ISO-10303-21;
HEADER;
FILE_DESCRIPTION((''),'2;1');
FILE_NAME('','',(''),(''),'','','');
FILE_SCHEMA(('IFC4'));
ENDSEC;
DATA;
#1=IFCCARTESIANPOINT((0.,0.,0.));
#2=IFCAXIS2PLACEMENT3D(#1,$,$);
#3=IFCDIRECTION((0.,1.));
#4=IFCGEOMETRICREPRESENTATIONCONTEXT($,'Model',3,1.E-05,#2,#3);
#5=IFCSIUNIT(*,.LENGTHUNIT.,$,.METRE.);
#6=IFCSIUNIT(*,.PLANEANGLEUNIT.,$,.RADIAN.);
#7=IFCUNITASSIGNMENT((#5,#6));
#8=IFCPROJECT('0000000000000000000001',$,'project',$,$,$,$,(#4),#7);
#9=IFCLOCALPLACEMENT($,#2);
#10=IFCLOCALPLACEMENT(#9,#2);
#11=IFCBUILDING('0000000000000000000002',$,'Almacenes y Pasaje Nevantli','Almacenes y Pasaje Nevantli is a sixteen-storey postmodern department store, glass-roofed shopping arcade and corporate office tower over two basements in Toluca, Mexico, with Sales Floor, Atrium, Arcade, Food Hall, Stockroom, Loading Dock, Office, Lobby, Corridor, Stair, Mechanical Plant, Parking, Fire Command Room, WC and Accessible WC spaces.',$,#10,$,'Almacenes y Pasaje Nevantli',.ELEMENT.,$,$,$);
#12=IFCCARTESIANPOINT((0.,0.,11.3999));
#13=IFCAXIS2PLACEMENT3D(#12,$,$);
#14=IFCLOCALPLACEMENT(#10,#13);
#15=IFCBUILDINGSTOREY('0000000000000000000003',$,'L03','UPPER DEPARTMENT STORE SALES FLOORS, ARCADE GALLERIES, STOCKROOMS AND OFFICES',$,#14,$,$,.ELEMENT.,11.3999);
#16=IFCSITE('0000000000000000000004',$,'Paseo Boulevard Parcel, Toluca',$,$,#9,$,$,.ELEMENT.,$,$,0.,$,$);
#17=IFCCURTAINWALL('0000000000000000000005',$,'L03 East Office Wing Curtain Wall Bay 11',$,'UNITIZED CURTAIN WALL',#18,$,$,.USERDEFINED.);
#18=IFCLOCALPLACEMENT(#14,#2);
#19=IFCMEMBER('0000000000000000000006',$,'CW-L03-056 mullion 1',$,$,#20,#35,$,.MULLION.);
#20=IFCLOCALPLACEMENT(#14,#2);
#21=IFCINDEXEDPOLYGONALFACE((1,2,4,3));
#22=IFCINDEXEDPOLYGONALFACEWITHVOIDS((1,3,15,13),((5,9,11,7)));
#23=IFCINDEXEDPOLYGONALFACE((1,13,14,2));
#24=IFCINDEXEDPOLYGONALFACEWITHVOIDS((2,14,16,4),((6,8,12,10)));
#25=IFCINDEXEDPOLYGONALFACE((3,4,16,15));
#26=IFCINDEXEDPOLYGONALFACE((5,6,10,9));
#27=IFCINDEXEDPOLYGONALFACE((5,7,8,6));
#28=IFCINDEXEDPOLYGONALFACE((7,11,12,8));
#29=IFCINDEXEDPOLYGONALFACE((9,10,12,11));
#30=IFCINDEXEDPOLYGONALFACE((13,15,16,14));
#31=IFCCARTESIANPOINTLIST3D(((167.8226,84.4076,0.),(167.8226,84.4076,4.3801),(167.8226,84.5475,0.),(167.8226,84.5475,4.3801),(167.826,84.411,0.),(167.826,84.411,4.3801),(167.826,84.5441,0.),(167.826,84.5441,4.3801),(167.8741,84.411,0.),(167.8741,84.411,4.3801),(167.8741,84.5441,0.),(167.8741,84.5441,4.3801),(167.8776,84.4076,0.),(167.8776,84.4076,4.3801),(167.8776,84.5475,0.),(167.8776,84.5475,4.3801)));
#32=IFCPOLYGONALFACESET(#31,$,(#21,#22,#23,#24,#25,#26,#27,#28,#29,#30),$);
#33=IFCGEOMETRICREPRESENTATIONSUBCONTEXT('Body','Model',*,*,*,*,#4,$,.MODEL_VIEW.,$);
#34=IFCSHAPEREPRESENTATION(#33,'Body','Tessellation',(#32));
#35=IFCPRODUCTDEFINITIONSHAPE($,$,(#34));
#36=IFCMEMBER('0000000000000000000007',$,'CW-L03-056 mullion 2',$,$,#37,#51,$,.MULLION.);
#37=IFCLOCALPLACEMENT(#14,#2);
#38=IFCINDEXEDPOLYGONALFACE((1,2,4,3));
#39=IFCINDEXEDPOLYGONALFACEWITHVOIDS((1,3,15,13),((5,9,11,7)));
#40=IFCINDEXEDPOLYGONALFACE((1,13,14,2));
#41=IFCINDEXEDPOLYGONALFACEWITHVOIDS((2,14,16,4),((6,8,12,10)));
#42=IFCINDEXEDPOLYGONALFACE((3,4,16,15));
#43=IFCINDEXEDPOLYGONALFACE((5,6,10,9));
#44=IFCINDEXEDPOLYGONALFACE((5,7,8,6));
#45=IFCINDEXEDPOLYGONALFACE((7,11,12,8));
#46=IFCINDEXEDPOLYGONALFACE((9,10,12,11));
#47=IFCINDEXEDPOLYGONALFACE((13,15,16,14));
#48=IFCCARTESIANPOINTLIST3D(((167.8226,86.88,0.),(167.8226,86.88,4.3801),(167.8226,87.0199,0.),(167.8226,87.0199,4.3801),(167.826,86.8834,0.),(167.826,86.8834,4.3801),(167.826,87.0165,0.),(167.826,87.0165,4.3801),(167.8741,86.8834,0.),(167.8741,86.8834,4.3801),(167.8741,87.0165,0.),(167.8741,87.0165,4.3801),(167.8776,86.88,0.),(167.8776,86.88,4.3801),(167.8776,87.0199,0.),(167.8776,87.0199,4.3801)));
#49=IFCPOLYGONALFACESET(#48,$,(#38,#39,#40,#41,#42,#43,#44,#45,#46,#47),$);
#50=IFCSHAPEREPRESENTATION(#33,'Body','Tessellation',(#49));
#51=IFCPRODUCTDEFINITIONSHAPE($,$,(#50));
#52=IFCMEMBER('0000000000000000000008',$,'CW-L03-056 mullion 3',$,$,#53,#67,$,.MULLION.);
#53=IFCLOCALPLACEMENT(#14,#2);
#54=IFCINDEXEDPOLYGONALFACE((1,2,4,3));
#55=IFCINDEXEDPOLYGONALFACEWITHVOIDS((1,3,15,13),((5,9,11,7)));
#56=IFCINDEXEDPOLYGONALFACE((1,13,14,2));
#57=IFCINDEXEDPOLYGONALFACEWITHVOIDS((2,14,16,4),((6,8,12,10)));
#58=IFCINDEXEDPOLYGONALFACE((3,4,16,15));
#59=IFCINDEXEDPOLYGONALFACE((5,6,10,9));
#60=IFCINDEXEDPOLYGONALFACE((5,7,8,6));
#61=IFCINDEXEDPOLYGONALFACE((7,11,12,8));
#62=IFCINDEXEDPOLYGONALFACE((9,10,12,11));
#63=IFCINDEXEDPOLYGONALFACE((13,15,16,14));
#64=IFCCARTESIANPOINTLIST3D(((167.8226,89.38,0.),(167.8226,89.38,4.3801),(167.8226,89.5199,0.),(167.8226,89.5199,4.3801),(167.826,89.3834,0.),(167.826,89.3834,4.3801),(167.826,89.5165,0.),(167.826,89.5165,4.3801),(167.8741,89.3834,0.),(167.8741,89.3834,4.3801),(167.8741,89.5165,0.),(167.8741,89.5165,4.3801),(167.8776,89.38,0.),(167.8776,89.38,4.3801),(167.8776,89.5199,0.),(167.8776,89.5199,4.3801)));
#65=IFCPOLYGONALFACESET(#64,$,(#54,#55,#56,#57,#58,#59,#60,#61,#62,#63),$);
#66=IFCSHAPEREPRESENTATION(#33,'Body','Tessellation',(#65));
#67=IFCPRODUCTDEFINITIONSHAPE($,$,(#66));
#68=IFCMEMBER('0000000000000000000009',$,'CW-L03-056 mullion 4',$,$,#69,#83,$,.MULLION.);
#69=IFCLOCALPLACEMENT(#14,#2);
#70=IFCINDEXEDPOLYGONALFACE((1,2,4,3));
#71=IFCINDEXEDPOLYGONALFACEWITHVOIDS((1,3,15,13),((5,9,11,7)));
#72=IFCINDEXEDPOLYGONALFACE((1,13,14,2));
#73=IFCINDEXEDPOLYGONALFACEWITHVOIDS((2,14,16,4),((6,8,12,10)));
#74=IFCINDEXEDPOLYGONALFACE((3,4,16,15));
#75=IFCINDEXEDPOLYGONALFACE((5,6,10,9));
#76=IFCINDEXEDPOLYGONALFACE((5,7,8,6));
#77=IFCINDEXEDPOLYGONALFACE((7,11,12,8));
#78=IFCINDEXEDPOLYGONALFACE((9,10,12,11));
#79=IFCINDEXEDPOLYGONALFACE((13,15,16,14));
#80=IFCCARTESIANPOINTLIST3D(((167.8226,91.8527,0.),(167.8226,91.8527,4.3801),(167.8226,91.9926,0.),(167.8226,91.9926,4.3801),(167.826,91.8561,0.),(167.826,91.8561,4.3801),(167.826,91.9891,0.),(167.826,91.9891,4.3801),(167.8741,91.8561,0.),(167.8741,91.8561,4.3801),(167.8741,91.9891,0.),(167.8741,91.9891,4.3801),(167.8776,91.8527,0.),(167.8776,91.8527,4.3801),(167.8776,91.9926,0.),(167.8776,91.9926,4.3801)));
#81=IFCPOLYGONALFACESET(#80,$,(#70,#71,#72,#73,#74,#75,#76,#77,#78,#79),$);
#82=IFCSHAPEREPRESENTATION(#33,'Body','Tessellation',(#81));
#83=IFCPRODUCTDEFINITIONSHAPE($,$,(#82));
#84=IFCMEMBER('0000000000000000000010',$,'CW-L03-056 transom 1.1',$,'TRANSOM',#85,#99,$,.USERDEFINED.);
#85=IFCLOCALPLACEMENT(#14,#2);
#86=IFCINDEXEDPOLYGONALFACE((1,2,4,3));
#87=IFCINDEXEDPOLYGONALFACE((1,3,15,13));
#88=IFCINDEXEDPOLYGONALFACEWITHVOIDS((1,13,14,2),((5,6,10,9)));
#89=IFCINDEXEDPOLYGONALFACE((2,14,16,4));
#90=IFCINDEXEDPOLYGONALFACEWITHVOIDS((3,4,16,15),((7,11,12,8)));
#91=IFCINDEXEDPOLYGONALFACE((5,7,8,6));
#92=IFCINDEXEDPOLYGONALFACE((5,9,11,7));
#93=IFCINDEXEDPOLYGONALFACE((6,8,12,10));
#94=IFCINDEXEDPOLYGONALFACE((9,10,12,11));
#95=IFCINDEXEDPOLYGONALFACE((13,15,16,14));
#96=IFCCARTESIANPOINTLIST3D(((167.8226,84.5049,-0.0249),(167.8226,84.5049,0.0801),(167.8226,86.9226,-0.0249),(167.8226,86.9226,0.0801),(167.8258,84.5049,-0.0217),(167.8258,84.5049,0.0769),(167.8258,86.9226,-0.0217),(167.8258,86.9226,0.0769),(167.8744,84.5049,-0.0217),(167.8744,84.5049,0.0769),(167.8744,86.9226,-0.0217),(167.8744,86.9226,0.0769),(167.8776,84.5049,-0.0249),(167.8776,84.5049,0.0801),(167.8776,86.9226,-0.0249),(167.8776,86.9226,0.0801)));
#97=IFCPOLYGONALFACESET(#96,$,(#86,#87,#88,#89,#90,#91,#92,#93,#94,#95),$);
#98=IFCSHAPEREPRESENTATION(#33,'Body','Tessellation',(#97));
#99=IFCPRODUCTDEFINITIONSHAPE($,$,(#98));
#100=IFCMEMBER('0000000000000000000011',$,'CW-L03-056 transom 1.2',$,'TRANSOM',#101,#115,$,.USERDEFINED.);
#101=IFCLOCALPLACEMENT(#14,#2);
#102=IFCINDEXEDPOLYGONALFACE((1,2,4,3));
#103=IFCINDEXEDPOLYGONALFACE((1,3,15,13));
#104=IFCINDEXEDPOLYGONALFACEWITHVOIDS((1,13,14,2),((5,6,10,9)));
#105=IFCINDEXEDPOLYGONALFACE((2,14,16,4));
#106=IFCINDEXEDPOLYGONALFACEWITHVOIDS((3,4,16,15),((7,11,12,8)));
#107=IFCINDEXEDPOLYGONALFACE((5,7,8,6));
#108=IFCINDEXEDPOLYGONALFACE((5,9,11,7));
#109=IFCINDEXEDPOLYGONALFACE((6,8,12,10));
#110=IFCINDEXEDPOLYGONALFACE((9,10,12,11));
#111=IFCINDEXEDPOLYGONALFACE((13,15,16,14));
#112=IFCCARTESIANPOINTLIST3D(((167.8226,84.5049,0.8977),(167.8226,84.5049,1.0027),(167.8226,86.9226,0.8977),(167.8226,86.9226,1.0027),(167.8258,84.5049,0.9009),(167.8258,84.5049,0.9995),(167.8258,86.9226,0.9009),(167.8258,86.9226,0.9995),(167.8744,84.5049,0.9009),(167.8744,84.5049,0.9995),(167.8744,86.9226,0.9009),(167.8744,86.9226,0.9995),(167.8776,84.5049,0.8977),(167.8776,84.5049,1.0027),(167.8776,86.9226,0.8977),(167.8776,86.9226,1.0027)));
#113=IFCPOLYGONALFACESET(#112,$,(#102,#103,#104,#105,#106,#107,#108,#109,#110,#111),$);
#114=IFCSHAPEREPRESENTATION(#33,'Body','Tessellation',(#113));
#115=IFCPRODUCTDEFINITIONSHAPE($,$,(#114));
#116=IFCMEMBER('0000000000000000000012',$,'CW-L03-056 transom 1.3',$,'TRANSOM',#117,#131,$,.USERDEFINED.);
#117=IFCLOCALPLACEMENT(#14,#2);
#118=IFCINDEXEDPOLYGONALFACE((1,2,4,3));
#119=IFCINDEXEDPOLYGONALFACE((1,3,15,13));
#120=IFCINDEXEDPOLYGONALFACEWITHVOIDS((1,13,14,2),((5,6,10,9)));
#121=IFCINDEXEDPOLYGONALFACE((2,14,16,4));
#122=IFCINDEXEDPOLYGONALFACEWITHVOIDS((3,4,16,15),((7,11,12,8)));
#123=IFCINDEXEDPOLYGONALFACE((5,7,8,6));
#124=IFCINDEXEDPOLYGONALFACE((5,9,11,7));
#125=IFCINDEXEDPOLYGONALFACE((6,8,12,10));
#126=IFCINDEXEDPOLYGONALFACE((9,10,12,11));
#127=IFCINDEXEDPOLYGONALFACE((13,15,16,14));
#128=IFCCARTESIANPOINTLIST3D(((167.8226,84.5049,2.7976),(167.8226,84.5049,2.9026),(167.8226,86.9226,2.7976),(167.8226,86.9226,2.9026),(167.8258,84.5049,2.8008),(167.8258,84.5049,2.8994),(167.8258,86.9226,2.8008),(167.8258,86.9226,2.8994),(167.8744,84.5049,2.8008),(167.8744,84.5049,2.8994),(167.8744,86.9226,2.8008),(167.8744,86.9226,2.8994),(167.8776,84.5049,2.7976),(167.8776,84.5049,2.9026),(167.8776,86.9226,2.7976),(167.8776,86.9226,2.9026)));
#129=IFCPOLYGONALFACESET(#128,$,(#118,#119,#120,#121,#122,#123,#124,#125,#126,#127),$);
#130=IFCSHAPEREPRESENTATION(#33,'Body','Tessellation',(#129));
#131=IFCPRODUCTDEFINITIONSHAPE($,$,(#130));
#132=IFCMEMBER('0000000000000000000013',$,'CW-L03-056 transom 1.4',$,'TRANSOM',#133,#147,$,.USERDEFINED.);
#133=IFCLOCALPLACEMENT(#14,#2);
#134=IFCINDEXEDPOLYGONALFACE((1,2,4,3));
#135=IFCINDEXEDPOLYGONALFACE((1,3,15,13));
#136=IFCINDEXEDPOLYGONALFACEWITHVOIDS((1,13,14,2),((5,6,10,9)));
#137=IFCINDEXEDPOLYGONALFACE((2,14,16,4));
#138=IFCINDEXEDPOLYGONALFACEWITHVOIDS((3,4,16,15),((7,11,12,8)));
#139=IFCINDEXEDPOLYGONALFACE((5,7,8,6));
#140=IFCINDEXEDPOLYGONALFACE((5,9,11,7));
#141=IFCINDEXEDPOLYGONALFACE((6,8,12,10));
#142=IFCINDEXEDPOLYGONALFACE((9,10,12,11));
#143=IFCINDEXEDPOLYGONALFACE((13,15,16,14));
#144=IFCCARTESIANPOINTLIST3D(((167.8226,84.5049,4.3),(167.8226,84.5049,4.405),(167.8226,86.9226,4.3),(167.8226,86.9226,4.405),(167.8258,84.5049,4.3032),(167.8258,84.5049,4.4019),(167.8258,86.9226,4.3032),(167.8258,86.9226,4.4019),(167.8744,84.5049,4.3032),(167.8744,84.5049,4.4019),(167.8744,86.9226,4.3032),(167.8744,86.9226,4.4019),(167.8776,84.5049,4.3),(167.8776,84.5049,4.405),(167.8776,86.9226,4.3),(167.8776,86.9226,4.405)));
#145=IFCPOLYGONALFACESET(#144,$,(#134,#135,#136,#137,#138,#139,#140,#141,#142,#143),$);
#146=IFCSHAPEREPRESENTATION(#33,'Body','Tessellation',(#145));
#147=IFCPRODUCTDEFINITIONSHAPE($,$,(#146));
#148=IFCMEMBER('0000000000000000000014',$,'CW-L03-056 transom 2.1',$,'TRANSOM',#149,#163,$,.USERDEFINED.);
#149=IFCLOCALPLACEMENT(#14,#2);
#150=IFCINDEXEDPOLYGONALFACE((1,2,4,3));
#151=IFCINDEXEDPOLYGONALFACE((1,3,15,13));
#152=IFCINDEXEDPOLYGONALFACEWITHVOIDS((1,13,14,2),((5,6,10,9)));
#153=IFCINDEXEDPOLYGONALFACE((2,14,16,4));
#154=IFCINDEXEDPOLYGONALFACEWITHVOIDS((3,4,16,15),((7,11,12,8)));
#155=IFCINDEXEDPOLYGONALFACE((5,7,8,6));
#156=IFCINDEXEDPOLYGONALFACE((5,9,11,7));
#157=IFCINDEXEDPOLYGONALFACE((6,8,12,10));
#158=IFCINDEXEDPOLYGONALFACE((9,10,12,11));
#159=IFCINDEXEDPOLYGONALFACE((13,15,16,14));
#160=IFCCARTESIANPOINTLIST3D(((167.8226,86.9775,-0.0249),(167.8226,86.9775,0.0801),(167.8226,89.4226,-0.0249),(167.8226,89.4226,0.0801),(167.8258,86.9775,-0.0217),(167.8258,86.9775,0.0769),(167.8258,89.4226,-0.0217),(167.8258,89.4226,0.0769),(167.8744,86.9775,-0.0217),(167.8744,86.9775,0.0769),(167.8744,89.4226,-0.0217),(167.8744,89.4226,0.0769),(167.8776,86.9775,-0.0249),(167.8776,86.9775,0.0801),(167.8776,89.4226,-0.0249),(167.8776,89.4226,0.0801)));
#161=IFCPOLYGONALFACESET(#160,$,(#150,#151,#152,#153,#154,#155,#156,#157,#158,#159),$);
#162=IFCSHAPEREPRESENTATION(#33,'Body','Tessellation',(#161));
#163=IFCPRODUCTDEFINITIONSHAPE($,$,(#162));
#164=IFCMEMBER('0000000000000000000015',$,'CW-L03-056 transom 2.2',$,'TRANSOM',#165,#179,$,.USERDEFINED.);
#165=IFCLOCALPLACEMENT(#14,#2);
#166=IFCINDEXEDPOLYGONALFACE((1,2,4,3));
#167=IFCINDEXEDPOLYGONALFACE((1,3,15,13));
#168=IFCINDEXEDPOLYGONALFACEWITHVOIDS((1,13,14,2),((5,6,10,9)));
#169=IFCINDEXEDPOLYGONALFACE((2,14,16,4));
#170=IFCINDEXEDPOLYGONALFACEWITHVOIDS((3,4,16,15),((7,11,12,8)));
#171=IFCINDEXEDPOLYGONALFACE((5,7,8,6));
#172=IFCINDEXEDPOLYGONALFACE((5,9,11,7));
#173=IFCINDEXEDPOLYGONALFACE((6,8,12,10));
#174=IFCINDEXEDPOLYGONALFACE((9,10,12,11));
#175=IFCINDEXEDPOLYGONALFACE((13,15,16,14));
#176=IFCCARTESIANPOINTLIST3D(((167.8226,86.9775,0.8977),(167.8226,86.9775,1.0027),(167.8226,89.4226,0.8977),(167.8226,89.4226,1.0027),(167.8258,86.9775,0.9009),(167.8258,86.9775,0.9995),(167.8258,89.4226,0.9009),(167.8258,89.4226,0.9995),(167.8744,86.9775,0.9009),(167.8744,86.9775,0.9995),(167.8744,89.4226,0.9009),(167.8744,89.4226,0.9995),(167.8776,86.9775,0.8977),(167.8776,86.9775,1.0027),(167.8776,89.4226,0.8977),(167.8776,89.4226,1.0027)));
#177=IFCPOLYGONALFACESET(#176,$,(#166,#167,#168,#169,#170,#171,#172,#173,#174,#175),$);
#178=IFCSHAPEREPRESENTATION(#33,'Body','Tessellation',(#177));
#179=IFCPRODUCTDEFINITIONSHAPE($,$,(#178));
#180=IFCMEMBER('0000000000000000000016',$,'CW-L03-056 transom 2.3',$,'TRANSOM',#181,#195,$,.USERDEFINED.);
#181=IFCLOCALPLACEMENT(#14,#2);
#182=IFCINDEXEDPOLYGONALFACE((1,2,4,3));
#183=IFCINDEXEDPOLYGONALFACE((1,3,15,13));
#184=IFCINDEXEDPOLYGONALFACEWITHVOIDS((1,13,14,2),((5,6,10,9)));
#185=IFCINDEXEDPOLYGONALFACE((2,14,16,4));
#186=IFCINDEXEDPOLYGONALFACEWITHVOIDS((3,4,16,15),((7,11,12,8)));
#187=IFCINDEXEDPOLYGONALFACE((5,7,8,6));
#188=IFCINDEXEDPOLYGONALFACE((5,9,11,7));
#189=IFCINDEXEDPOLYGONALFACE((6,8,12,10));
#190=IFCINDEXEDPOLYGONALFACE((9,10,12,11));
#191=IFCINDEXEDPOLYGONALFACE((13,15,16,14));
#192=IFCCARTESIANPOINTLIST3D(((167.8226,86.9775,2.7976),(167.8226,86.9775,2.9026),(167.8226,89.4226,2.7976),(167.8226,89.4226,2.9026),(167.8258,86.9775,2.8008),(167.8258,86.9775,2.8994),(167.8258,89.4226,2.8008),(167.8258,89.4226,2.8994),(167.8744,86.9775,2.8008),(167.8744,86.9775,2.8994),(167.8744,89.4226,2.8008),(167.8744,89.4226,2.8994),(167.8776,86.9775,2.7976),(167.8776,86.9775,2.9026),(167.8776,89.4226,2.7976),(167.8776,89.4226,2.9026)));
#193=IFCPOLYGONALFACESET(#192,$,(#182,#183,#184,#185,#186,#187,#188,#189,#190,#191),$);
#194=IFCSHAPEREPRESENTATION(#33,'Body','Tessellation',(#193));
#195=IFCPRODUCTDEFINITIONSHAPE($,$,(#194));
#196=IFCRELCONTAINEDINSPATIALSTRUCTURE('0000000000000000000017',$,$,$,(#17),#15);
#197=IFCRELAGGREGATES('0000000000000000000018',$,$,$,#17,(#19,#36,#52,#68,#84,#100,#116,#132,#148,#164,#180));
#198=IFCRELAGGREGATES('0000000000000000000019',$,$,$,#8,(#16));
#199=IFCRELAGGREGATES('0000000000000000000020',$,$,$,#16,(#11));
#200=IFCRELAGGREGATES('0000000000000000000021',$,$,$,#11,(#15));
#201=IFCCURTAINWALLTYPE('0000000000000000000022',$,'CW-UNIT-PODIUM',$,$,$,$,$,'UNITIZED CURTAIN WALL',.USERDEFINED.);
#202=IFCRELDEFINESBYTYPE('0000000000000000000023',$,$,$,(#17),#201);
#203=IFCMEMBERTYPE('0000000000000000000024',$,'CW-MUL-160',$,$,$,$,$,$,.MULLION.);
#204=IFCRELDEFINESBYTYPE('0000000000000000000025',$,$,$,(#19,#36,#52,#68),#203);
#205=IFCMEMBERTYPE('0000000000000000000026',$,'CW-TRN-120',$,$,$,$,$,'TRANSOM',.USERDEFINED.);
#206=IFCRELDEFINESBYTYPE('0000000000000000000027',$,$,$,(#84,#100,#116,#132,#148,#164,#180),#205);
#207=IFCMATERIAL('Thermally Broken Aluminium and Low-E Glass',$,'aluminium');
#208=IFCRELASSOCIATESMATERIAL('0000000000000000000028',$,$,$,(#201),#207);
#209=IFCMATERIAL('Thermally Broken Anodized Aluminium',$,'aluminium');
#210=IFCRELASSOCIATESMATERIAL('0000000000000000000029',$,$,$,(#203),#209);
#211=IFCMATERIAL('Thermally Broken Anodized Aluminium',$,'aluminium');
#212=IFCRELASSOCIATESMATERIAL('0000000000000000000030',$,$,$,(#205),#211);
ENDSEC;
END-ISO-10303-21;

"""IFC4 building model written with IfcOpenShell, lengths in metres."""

from ifc_helpers import new_model, si_unit, direction, frame, origin, origin_2d, place, context, subcontext, project, spatial, hollow_rectangle, extrude, material, material_profile, profile_set, type_object, element, aggregate, save


model = new_model("IFC4")

# Units and contexts
model_context = context("Model", 3, precision=1e-05, world=origin(), true_north=direction((0.0, 1.0)))
body_context = subcontext(model_context, "Body", "Model", "MODEL_VIEW")
ifc_project = project(units=[si_unit("LENGTHUNIT", "METRE"), si_unit("PLANEANGLEUNIT", "RADIAN")], contexts=[model_context])

# Site, building, storey
site_placement = place(None, origin())
site = spatial("IfcSite", under=ifc_project, at=site_placement, Name="Paseo Boulevard Parcel, Toluca", CompositionType="ELEMENT", RefElevation=0.0)
building_placement = place(site_placement, origin())
building = spatial("IfcBuilding", under=site, at=building_placement, Name="Almacenes y Pasaje Nevantli", Description="Almacenes y Pasaje Nevantli is a sixteen-storey postmodern department store, glass-roofed shopping arcade and corporate office tower over two basements in Toluca, Mexico, with Sales Floor, Atrium, Arcade, Food Hall, Stockroom, Loading Dock, Office, Lobby, Corridor, Stair, Mechanical Plant, Parking, Fire Command Room, WC and Accessible WC spaces.", LongName="Almacenes y Pasaje Nevantli", CompositionType="ELEMENT")
storey_placement = place(building_placement, frame((0.0, 0.0, 11.3999)))
storey = spatial("IfcBuildingStorey", under=building, at=storey_placement, Name="L03", Description="UPPER DEPARTMENT STORE SALES FLOORS, ARCADE GALLERIES, STOCKROOMS AND OFFICES", CompositionType="ELEMENT", Elevation=11.3999)

# Curtain wall, members
ifc_material_1 = material(Name="Thermally Broken Aluminium and Low-E Glass", Category="aluminium")
curtain_wall_type = type_object("IfcCurtainWallType", Name="CW-UNIT-PODIUM", ElementType="UNITIZED CURTAIN WALL", PredefinedType="USERDEFINED", material=ifc_material_1)
curtain_wall_placement = place(storey_placement, origin())
curtain_wall = element("IfcCurtainWall", 1, at=curtain_wall_placement, inside=storey, type_object=curtain_wall_type, Name="L03 East Office Wing Curtain Wall Bay 11", ObjectType="UNITIZED CURTAIN WALL", PredefinedType="USERDEFINED")
ifc_material_2 = material(Name="Thermally Broken Anodized Aluminium", Category="aluminium")
ifc_material_profile_1 = material_profile(ifc_material_2, hollow_rectangle(XDim=0.0549, YDim=0.1399, WallThickness=0.0034, at=origin_2d()), Name="ALU-MUL-55x140")
ifc_profile_set_1 = profile_set([ifc_material_profile_1], Name="Thermally Broken Anodized Aluminium")
member_type_1 = type_object("IfcMemberType", Name="CW-MUL-160", PredefinedType="MULLION", material=ifc_profile_set_1)
member_1_placement = place(storey_placement, frame((167.8501, 84.4775, 0.0), z_axis=(0.0, 0.0, 1.0), x_axis=(-1.0, 0.0, 0.0)))
member_1 = element("IfcMember", 2, at=member_1_placement, type_object=member_type_1, Name="CW-L03-056 mullion 1", PredefinedType="MULLION", context=body_context, shape_type="SweptSolid", body=[
    extrude(hollow_rectangle(XDim=0.0549, YDim=0.1399, WallThickness=0.0034, at=origin_2d()), origin(), (0.0, 0.0, 1.0), 4.3801),
])
member_2_placement = place(storey_placement, frame((167.8501, 86.95, 0.0), z_axis=(0.0, 0.0, 1.0), x_axis=(-1.0, 0.0, 0.0)))
member_2 = element("IfcMember", 3, at=member_2_placement, type_object=member_type_1, Name="CW-L03-056 mullion 2", PredefinedType="MULLION", context=body_context, shape_type="SweptSolid", body=[
    extrude(hollow_rectangle(XDim=0.0549, YDim=0.1399, WallThickness=0.0034, at=origin_2d()), origin(), (0.0, 0.0, 1.0), 4.3801),
])
member_3_placement = place(storey_placement, frame((167.8501, 89.45, 0.0), z_axis=(0.0, 0.0, 1.0), x_axis=(-1.0, 0.0, 0.0)))
member_3 = element("IfcMember", 4, at=member_3_placement, type_object=member_type_1, Name="CW-L03-056 mullion 3", PredefinedType="MULLION", context=body_context, shape_type="SweptSolid", body=[
    extrude(hollow_rectangle(XDim=0.0549, YDim=0.1399, WallThickness=0.0034, at=origin_2d()), origin(), (0.0, 0.0, 1.0), 4.3801),
])
member_4_placement = place(storey_placement, frame((167.8501, 91.9226, 0.0), z_axis=(0.0, 0.0, 1.0), x_axis=(-1.0, 0.0, 0.0)))
member_4 = element("IfcMember", 5, at=member_4_placement, type_object=member_type_1, Name="CW-L03-056 mullion 4", PredefinedType="MULLION", context=body_context, shape_type="SweptSolid", body=[
    extrude(hollow_rectangle(XDim=0.0549, YDim=0.1399, WallThickness=0.0034, at=origin_2d()), origin(), (0.0, 0.0, 1.0), 4.3801),
])
ifc_material_3 = material(Name="Thermally Broken Anodized Aluminium", Category="aluminium")
ifc_material_profile_2 = material_profile(ifc_material_3, hollow_rectangle(XDim=0.0549, YDim=0.105, WallThickness=0.0032, at=origin_2d()), Name="ALU-TRN-55x105")
ifc_profile_set_2 = profile_set([ifc_material_profile_2], Name="Thermally Broken Anodized Aluminium")
member_type_2 = type_object("IfcMemberType", Name="CW-TRN-120", ElementType="TRANSOM", PredefinedType="USERDEFINED", material=ifc_profile_set_2)
member_5_placement = place(storey_placement, frame((167.8501, 84.5049, 0.0276), z_axis=(0.0, 1.0, 0.0), x_axis=(-1.0, 0.0, 0.0)))
member_5 = element("IfcMember", 6, at=member_5_placement, type_object=member_type_2, Name="CW-L03-056 transom 1.1", ObjectType="TRANSOM", PredefinedType="USERDEFINED", context=body_context, shape_type="SweptSolid", body=[
    extrude(hollow_rectangle(XDim=0.0549, YDim=0.105, WallThickness=0.0032, at=origin_2d()), origin(), (0.0, 0.0, 1.0), 2.4177),
])
member_6_placement = place(storey_placement, frame((167.8501, 84.5049, 0.9502), z_axis=(0.0, 1.0, 0.0), x_axis=(-1.0, 0.0, 0.0)))
member_6 = element("IfcMember", 7, at=member_6_placement, type_object=member_type_2, Name="CW-L03-056 transom 1.2", ObjectType="TRANSOM", PredefinedType="USERDEFINED", context=body_context, shape_type="SweptSolid", body=[
    extrude(hollow_rectangle(XDim=0.0549, YDim=0.105, WallThickness=0.0032, at=origin_2d()), origin(), (0.0, 0.0, 1.0), 2.4177),
])
member_7_placement = place(storey_placement, frame((167.8501, 84.5049, 2.8501), z_axis=(0.0, 1.0, 0.0), x_axis=(-1.0, 0.0, 0.0)))
member_7 = element("IfcMember", 8, at=member_7_placement, type_object=member_type_2, Name="CW-L03-056 transom 1.3", ObjectType="TRANSOM", PredefinedType="USERDEFINED", context=body_context, shape_type="SweptSolid", body=[
    extrude(hollow_rectangle(XDim=0.0549, YDim=0.105, WallThickness=0.0032, at=origin_2d()), origin(), (0.0, 0.0, 1.0), 2.4177),
])
member_8_placement = place(storey_placement, frame((167.8501, 84.5049, 4.3525), z_axis=(0.0, 1.0, 0.0), x_axis=(-1.0, 0.0, 0.0)))
member_8 = element("IfcMember", 9, at=member_8_placement, type_object=member_type_2, Name="CW-L03-056 transom 1.4", ObjectType="TRANSOM", PredefinedType="USERDEFINED", context=body_context, shape_type="SweptSolid", body=[
    extrude(hollow_rectangle(XDim=0.0549, YDim=0.105, WallThickness=0.0032, at=origin_2d()), origin(), (0.0, 0.0, 1.0), 2.4177),
])
member_9_placement = place(storey_placement, frame((167.8501, 86.9775, 0.0276), z_axis=(0.0, 1.0, 0.0), x_axis=(-1.0, 0.0, 0.0)))
member_9 = element("IfcMember", 10, at=member_9_placement, type_object=member_type_2, Name="CW-L03-056 transom 2.1", ObjectType="TRANSOM", PredefinedType="USERDEFINED", context=body_context, shape_type="SweptSolid", body=[
    extrude(hollow_rectangle(XDim=0.0549, YDim=0.105, WallThickness=0.0032, at=origin_2d()), origin(), (0.0, 0.0, 1.0), 2.4451),
])
member_10_placement = place(storey_placement, frame((167.8501, 86.9775, 0.9502), z_axis=(0.0, 1.0, 0.0), x_axis=(-1.0, 0.0, 0.0)))
member_10 = element("IfcMember", 11, at=member_10_placement, type_object=member_type_2, Name="CW-L03-056 transom 2.2", ObjectType="TRANSOM", PredefinedType="USERDEFINED", context=body_context, shape_type="SweptSolid", body=[
    extrude(hollow_rectangle(XDim=0.0549, YDim=0.105, WallThickness=0.0032, at=origin_2d()), origin(), (0.0, 0.0, 1.0), 2.4451),
])
member_11_placement = place(storey_placement, frame((167.8501, 86.9775, 2.8501), z_axis=(0.0, 1.0, 0.0), x_axis=(-1.0, 0.0, 0.0)))
member_11 = element("IfcMember", 12, at=member_11_placement, type_object=member_type_2, Name="CW-L03-056 transom 2.3", ObjectType="TRANSOM", PredefinedType="USERDEFINED", context=body_context, shape_type="SweptSolid", body=[
    extrude(hollow_rectangle(XDim=0.0549, YDim=0.105, WallThickness=0.0032, at=origin_2d()), origin(), (0.0, 0.0, 1.0), 2.4451),
])
aggregate(curtain_wall, [member_1, member_2, member_3, member_4, member_5, member_6, member_7, member_8, member_9, member_10, member_11])

save(model, "model.ifc")
